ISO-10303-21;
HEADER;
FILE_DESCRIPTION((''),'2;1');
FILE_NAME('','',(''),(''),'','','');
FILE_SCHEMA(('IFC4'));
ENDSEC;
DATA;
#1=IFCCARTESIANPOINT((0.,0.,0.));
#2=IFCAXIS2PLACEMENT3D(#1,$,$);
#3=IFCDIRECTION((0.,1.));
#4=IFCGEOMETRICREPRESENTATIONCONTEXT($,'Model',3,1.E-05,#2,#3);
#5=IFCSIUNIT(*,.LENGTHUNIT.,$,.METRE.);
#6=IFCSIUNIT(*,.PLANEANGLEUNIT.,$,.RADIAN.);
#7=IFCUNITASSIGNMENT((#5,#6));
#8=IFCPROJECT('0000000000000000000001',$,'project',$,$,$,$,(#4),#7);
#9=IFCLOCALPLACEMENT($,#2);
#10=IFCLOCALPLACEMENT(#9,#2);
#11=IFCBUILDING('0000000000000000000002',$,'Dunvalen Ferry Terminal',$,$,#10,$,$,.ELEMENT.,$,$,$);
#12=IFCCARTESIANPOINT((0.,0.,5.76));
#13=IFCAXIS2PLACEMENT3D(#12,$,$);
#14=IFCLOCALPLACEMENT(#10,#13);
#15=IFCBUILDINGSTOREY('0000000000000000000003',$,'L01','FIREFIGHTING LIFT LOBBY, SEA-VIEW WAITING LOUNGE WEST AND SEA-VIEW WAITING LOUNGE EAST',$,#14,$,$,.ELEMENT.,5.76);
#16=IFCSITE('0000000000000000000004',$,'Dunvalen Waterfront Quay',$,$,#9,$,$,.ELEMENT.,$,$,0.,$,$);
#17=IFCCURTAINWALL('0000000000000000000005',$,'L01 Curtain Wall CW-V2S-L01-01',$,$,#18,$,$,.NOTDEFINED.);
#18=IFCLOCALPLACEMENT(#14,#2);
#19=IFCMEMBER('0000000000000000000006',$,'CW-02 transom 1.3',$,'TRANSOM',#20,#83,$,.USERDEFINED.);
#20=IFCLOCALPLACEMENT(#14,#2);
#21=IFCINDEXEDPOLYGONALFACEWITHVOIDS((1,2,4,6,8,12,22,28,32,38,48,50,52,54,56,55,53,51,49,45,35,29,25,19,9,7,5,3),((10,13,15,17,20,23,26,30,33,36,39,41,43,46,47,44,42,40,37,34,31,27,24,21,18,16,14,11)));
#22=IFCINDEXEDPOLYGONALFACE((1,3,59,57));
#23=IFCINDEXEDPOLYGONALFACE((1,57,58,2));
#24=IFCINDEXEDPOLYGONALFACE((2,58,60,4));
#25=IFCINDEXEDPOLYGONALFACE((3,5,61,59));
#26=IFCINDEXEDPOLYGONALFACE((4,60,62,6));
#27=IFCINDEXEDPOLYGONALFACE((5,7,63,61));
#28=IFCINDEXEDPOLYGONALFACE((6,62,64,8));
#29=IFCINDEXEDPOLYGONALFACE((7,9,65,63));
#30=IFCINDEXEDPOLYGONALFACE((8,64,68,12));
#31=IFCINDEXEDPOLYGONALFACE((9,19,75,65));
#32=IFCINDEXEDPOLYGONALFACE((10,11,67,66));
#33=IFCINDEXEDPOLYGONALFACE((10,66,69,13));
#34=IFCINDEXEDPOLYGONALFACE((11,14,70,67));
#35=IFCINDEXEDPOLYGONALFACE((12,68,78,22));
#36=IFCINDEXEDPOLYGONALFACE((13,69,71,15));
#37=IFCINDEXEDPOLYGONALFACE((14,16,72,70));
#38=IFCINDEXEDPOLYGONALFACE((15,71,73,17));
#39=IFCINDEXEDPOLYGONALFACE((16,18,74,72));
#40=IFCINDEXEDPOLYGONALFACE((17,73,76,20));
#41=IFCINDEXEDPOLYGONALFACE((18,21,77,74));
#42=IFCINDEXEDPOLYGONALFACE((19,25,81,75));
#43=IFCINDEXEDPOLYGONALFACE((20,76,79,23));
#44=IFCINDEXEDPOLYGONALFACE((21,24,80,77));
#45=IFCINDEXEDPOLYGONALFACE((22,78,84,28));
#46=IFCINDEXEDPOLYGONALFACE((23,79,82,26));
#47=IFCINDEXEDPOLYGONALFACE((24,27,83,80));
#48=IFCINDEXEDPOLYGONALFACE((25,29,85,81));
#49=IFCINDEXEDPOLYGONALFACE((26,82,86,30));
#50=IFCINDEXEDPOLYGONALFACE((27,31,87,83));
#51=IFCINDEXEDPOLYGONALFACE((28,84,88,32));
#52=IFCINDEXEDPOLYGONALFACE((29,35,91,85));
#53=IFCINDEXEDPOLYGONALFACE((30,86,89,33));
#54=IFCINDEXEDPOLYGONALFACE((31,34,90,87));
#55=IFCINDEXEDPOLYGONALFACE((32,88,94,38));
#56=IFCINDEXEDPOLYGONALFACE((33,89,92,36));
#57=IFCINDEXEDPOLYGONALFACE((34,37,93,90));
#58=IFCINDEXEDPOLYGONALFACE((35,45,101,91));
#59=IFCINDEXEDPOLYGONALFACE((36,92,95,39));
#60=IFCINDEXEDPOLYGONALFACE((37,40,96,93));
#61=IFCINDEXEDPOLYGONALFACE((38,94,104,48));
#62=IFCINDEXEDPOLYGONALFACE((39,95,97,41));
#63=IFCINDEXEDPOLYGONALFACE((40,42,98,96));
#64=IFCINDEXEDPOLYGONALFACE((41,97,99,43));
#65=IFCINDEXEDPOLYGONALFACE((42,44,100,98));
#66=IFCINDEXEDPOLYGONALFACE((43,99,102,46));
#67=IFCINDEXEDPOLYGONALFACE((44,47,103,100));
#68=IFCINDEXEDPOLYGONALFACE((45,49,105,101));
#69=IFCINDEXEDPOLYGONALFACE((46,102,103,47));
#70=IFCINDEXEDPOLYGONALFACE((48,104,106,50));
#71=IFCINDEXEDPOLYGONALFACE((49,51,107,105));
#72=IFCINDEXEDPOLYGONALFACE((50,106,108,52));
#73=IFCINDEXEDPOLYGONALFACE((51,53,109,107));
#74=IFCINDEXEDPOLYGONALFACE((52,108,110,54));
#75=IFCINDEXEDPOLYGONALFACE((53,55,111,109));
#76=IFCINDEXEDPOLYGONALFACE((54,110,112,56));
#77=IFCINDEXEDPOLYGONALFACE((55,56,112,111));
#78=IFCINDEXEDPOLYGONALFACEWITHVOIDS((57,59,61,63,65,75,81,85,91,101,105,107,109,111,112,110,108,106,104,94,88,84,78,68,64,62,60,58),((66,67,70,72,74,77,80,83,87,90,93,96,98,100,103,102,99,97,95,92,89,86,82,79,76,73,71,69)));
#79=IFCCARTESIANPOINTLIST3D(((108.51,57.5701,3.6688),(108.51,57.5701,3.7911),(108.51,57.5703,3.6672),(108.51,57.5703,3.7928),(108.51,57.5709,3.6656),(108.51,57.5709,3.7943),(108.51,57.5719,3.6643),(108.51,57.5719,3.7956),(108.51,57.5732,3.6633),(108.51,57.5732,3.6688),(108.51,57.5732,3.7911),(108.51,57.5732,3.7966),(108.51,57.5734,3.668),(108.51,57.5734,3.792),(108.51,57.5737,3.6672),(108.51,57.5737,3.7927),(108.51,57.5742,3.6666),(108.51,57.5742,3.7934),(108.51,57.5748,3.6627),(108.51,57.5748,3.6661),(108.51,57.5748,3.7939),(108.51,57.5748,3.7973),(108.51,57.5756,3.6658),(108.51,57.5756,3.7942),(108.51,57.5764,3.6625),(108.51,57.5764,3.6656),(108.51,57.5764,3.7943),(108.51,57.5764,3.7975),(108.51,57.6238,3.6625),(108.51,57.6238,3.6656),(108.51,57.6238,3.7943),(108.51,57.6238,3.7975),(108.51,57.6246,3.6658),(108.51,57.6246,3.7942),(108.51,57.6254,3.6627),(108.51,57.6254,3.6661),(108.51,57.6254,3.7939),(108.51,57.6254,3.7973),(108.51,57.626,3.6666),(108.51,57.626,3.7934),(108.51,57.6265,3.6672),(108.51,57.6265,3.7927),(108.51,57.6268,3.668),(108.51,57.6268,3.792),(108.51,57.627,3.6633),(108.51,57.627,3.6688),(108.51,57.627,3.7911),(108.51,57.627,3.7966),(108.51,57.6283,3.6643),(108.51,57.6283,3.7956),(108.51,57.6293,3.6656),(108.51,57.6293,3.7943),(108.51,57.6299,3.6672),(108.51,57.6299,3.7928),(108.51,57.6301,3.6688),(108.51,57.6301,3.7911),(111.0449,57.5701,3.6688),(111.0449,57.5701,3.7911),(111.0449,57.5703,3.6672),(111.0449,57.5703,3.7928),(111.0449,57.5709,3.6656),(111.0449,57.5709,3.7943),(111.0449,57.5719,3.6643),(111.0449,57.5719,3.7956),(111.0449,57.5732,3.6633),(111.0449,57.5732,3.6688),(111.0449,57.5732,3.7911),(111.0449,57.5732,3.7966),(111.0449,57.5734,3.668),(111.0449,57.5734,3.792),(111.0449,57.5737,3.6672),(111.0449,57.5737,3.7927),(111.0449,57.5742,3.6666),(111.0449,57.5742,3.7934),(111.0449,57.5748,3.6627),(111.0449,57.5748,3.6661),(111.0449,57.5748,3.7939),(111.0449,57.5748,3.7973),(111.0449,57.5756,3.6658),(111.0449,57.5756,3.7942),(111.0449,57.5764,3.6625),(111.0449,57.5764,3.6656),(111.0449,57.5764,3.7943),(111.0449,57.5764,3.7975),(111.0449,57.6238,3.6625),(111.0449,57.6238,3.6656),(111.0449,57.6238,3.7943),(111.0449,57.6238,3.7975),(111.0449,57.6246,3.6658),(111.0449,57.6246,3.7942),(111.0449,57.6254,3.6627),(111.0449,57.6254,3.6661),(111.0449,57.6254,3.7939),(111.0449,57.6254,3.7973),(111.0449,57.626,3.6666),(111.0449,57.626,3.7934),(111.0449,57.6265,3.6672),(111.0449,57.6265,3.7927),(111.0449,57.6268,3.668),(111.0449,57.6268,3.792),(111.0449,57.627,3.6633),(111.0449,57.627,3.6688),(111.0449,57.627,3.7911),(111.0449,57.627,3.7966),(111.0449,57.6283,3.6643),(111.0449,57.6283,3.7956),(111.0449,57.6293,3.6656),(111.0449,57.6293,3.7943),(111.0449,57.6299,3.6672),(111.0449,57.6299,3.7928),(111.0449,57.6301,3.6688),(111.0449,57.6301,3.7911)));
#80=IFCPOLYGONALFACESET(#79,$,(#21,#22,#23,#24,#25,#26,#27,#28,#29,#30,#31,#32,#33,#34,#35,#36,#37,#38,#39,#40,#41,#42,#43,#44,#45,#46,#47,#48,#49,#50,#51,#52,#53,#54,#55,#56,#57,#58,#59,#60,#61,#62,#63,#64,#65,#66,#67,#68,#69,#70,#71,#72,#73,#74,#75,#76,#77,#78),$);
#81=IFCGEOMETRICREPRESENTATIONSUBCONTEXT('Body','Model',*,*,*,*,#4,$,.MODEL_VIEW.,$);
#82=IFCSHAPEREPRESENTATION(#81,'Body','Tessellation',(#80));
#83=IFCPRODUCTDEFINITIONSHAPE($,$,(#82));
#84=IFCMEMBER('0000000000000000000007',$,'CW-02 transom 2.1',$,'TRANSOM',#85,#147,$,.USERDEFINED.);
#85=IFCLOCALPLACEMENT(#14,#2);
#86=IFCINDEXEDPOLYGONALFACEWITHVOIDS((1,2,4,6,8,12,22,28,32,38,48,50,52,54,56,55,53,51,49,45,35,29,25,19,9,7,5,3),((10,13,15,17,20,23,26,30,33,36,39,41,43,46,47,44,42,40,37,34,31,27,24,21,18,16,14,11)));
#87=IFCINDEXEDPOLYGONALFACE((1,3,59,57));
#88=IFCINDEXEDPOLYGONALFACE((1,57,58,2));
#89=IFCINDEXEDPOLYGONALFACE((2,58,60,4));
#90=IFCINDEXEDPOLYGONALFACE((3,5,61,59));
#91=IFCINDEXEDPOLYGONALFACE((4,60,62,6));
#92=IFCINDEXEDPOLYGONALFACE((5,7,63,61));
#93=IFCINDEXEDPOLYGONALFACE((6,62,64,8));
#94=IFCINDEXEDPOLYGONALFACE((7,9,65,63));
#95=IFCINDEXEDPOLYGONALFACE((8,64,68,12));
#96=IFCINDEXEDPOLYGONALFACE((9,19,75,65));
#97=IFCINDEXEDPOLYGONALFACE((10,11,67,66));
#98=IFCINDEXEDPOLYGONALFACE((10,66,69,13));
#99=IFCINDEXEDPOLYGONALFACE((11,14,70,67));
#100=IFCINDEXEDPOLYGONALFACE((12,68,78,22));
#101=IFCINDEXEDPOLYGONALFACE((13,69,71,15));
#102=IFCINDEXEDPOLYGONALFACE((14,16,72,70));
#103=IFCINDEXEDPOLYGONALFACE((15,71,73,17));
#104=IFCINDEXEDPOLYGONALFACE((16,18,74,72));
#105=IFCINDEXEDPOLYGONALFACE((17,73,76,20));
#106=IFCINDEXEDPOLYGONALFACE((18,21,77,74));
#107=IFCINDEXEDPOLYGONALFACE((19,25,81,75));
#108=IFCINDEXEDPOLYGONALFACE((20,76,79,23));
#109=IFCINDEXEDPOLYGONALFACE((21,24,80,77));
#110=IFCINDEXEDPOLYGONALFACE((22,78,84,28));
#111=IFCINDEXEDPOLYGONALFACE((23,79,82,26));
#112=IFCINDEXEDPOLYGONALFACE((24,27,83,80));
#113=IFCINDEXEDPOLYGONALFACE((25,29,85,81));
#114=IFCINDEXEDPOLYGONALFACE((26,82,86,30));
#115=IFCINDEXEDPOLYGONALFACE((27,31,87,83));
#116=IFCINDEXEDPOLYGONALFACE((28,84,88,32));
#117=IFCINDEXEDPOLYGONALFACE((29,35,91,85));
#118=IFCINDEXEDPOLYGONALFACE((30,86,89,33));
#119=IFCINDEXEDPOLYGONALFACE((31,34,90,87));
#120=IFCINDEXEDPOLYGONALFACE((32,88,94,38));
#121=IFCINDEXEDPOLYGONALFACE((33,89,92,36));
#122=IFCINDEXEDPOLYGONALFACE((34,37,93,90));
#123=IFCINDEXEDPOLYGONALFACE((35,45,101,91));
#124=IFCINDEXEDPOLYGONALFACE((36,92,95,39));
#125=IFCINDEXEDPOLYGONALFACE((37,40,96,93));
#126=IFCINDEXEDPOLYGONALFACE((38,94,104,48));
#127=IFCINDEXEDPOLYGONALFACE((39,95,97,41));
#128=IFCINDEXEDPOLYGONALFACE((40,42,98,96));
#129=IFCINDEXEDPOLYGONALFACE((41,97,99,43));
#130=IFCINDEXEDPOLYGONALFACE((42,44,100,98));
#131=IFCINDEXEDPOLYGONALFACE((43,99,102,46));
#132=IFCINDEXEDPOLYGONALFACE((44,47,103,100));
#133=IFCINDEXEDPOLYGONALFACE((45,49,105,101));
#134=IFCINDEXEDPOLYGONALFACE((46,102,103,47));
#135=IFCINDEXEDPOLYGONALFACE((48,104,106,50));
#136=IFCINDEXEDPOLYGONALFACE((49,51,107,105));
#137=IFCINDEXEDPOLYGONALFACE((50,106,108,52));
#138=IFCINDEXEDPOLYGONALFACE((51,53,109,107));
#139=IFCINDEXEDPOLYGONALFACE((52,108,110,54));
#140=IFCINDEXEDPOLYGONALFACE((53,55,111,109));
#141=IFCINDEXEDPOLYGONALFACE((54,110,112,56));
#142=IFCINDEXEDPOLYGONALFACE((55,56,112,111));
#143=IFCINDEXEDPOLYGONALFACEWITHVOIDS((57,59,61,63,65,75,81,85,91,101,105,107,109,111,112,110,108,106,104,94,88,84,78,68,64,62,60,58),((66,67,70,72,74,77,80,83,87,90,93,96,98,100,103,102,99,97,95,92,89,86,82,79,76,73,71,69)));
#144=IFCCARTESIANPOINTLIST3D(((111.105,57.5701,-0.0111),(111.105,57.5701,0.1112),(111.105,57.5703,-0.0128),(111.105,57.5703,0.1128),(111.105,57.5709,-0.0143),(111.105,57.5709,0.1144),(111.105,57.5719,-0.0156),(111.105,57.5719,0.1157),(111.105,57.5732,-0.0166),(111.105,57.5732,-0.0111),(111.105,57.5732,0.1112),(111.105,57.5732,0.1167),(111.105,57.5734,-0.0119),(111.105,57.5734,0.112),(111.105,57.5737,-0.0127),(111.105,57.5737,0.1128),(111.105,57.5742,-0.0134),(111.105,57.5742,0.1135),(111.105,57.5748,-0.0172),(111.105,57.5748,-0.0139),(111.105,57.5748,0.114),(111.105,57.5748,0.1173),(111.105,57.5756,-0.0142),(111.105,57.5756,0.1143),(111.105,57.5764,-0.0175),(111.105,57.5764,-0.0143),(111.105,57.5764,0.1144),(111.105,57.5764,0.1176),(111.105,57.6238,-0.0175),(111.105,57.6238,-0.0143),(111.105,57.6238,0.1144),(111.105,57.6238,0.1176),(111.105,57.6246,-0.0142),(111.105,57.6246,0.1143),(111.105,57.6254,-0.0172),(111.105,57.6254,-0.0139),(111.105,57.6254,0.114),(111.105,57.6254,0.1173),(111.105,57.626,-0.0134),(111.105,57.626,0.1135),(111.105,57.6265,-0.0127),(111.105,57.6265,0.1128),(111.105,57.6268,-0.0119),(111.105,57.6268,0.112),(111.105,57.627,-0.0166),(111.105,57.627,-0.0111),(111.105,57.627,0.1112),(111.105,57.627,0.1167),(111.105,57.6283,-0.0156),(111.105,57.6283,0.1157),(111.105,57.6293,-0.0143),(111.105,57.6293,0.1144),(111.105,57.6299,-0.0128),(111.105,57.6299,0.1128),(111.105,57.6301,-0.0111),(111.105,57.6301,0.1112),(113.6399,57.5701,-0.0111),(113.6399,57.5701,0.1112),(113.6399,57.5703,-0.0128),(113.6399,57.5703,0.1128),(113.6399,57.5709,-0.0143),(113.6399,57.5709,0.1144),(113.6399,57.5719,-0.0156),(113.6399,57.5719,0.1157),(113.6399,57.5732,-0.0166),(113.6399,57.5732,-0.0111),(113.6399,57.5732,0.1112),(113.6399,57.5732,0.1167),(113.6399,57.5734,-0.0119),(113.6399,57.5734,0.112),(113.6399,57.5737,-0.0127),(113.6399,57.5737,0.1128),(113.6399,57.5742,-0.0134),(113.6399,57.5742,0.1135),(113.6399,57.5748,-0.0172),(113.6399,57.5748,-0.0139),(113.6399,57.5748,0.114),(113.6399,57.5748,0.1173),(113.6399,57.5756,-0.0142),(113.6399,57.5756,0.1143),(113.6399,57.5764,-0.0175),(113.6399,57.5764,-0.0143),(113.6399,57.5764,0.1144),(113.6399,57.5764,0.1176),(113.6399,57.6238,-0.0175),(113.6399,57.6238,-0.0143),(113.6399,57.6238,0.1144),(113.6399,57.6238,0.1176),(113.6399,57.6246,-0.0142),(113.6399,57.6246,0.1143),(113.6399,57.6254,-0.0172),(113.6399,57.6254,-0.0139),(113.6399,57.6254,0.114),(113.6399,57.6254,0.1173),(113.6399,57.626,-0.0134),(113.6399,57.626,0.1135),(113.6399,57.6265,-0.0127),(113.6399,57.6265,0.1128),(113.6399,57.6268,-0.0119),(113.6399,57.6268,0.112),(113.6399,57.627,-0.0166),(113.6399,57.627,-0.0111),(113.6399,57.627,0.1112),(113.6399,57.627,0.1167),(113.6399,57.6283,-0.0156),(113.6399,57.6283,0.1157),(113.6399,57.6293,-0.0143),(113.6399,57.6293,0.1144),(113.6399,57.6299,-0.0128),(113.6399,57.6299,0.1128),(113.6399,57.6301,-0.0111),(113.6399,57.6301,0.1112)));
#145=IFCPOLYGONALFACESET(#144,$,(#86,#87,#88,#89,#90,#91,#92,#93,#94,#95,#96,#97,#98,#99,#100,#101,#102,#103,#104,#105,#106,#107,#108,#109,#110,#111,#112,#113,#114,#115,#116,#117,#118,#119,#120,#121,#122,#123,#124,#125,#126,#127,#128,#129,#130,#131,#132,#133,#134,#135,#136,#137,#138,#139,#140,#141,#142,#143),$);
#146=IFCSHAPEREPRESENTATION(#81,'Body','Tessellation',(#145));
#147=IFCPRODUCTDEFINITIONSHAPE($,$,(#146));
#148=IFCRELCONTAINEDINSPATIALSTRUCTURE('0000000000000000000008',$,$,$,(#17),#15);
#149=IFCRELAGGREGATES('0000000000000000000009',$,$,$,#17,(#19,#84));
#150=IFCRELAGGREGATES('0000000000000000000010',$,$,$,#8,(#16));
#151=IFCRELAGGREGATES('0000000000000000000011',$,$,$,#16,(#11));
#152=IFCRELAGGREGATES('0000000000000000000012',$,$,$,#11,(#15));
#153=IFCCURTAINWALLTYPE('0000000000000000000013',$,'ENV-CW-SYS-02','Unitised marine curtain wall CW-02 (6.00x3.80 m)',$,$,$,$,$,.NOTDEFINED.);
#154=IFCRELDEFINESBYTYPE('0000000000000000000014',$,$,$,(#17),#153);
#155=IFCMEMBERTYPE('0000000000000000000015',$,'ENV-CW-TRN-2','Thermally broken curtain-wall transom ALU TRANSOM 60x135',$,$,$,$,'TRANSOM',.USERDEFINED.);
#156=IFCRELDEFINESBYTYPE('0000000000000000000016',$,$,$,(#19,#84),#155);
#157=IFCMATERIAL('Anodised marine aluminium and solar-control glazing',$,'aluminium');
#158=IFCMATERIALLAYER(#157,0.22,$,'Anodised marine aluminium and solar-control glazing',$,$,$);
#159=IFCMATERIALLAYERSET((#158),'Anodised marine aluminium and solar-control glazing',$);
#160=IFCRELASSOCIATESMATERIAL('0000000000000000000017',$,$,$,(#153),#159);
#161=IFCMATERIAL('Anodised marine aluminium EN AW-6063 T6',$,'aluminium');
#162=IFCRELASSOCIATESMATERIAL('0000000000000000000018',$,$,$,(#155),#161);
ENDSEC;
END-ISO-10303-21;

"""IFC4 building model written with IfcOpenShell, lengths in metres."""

from ifc_helpers import new_model, si_unit, direction, frame, origin, origin_2d, place, context, subcontext, project, spatial, hollow_rectangle, extrude, material, layer, layer_set, material_profile, profile_set, type_object, element, aggregate, save


model = new_model("IFC4")

# Units and contexts
model_context = context("Model", 3, precision=1e-05, world=origin(), true_north=direction((0.0, 1.0)))
body_context = subcontext(model_context, "Body", "Model", "MODEL_VIEW")
ifc_project = project(units=[si_unit("LENGTHUNIT", "METRE"), si_unit("PLANEANGLEUNIT", "RADIAN")], contexts=[model_context])

# Site, building, storey
site_placement = place(None, origin())
site = spatial("IfcSite", under=ifc_project, at=site_placement, Name="Dunvalen Waterfront Quay", CompositionType="ELEMENT", RefElevation=0.0)
building_placement = place(site_placement, origin())
building = spatial("IfcBuilding", under=site, at=building_placement, Name="Dunvalen Ferry Terminal", CompositionType="ELEMENT")
storey_placement = place(building_placement, frame((0.0, 0.0, 5.76)))
storey = spatial("IfcBuildingStorey", under=building, at=storey_placement, Name="L01", Description="FIREFIGHTING LIFT LOBBY, SEA-VIEW WAITING LOUNGE WEST AND SEA-VIEW WAITING LOUNGE EAST", CompositionType="ELEMENT", Elevation=5.76)

# Curtain wall
ifc_material_1 = material(Name="Anodised marine aluminium and solar-control glazing", Category="aluminium")
ifc_layer_1 = layer(ifc_material_1, 0.22, Name="Anodised marine aluminium and solar-control glazing")
ifc_layer_set_1 = layer_set([ifc_layer_1], Name="Anodised marine aluminium and solar-control glazing")
curtain_wall_type_1 = type_object("IfcCurtainWallType", Name="ENV-CW-SYS-02", Description="Unitised marine curtain wall CW-02 (6.00x3.80 m)", PredefinedType="NOTDEFINED", material=ifc_layer_set_1)
curtain_wall_1_placement = place(storey_placement, origin())
curtain_wall_1 = element("IfcCurtainWall", 1, at=curtain_wall_1_placement, inside=storey, type_object=curtain_wall_type_1, Name="L01 Curtain Wall CW-V2S-L01-01", PredefinedType="NOTDEFINED")
ifc_material_2 = material(Name="Anodised marine aluminium EN AW-6063 T6", Category="aluminium")

# Members
ifc_material_profile_1 = material_profile(ifc_material_2, hollow_rectangle(XDim=0.0601, YDim=0.135, WallThickness=0.0032, InnerFilletRadius=0.0032, OuterFilletRadius=0.0063, at=origin_2d()), Name="Anodised marine aluminium EN AW-6063 T6")
ifc_profile_set_1 = profile_set([ifc_material_profile_1], Name="Anodised marine aluminium EN AW-6063 T6")
member_type_1 = type_object("IfcMemberType", Name="ENV-CW-TRN-2", Description="Thermally broken curtain-wall transom ALU TRANSOM 60x135", ElementType="TRANSOM", PredefinedType="USERDEFINED", material=ifc_profile_set_1)
member_1_placement = place(storey_placement, frame((108.51, 57.6001, 3.73), z_axis=(1.0, 0.0, 0.0), x_axis=(0.0, 1.0, 0.0)))
member_1 = element("IfcMember", 2, at=member_1_placement, type_object=member_type_1, Name="CW-02 transom 1.3", ObjectType="TRANSOM", PredefinedType="USERDEFINED", context=body_context, shape_type="SweptSolid", body=[
    extrude(hollow_rectangle(XDim=0.0601, YDim=0.135, WallThickness=0.0032, InnerFilletRadius=0.0032, OuterFilletRadius=0.0063, at=origin_2d()), origin(), (0.0, 0.0, 1.0), 2.5349),
])
member_2_placement = place(storey_placement, frame((111.105, 57.6001, 0.05), z_axis=(1.0, 0.0, 0.0), x_axis=(0.0, 1.0, 0.0)))
member_2 = element("IfcMember", 3, at=member_2_placement, type_object=member_type_1, Name="CW-02 transom 2.1", ObjectType="TRANSOM", PredefinedType="USERDEFINED", context=body_context, shape_type="SweptSolid", body=[
    extrude(hollow_rectangle(XDim=0.0601, YDim=0.135, WallThickness=0.0032, InnerFilletRadius=0.0032, OuterFilletRadius=0.0063, at=origin_2d()), origin(), (0.0, 0.0, 1.0), 2.5349),
])

aggregate(curtain_wall_1, [member_1, member_2])

save(model, "model.ifc")
